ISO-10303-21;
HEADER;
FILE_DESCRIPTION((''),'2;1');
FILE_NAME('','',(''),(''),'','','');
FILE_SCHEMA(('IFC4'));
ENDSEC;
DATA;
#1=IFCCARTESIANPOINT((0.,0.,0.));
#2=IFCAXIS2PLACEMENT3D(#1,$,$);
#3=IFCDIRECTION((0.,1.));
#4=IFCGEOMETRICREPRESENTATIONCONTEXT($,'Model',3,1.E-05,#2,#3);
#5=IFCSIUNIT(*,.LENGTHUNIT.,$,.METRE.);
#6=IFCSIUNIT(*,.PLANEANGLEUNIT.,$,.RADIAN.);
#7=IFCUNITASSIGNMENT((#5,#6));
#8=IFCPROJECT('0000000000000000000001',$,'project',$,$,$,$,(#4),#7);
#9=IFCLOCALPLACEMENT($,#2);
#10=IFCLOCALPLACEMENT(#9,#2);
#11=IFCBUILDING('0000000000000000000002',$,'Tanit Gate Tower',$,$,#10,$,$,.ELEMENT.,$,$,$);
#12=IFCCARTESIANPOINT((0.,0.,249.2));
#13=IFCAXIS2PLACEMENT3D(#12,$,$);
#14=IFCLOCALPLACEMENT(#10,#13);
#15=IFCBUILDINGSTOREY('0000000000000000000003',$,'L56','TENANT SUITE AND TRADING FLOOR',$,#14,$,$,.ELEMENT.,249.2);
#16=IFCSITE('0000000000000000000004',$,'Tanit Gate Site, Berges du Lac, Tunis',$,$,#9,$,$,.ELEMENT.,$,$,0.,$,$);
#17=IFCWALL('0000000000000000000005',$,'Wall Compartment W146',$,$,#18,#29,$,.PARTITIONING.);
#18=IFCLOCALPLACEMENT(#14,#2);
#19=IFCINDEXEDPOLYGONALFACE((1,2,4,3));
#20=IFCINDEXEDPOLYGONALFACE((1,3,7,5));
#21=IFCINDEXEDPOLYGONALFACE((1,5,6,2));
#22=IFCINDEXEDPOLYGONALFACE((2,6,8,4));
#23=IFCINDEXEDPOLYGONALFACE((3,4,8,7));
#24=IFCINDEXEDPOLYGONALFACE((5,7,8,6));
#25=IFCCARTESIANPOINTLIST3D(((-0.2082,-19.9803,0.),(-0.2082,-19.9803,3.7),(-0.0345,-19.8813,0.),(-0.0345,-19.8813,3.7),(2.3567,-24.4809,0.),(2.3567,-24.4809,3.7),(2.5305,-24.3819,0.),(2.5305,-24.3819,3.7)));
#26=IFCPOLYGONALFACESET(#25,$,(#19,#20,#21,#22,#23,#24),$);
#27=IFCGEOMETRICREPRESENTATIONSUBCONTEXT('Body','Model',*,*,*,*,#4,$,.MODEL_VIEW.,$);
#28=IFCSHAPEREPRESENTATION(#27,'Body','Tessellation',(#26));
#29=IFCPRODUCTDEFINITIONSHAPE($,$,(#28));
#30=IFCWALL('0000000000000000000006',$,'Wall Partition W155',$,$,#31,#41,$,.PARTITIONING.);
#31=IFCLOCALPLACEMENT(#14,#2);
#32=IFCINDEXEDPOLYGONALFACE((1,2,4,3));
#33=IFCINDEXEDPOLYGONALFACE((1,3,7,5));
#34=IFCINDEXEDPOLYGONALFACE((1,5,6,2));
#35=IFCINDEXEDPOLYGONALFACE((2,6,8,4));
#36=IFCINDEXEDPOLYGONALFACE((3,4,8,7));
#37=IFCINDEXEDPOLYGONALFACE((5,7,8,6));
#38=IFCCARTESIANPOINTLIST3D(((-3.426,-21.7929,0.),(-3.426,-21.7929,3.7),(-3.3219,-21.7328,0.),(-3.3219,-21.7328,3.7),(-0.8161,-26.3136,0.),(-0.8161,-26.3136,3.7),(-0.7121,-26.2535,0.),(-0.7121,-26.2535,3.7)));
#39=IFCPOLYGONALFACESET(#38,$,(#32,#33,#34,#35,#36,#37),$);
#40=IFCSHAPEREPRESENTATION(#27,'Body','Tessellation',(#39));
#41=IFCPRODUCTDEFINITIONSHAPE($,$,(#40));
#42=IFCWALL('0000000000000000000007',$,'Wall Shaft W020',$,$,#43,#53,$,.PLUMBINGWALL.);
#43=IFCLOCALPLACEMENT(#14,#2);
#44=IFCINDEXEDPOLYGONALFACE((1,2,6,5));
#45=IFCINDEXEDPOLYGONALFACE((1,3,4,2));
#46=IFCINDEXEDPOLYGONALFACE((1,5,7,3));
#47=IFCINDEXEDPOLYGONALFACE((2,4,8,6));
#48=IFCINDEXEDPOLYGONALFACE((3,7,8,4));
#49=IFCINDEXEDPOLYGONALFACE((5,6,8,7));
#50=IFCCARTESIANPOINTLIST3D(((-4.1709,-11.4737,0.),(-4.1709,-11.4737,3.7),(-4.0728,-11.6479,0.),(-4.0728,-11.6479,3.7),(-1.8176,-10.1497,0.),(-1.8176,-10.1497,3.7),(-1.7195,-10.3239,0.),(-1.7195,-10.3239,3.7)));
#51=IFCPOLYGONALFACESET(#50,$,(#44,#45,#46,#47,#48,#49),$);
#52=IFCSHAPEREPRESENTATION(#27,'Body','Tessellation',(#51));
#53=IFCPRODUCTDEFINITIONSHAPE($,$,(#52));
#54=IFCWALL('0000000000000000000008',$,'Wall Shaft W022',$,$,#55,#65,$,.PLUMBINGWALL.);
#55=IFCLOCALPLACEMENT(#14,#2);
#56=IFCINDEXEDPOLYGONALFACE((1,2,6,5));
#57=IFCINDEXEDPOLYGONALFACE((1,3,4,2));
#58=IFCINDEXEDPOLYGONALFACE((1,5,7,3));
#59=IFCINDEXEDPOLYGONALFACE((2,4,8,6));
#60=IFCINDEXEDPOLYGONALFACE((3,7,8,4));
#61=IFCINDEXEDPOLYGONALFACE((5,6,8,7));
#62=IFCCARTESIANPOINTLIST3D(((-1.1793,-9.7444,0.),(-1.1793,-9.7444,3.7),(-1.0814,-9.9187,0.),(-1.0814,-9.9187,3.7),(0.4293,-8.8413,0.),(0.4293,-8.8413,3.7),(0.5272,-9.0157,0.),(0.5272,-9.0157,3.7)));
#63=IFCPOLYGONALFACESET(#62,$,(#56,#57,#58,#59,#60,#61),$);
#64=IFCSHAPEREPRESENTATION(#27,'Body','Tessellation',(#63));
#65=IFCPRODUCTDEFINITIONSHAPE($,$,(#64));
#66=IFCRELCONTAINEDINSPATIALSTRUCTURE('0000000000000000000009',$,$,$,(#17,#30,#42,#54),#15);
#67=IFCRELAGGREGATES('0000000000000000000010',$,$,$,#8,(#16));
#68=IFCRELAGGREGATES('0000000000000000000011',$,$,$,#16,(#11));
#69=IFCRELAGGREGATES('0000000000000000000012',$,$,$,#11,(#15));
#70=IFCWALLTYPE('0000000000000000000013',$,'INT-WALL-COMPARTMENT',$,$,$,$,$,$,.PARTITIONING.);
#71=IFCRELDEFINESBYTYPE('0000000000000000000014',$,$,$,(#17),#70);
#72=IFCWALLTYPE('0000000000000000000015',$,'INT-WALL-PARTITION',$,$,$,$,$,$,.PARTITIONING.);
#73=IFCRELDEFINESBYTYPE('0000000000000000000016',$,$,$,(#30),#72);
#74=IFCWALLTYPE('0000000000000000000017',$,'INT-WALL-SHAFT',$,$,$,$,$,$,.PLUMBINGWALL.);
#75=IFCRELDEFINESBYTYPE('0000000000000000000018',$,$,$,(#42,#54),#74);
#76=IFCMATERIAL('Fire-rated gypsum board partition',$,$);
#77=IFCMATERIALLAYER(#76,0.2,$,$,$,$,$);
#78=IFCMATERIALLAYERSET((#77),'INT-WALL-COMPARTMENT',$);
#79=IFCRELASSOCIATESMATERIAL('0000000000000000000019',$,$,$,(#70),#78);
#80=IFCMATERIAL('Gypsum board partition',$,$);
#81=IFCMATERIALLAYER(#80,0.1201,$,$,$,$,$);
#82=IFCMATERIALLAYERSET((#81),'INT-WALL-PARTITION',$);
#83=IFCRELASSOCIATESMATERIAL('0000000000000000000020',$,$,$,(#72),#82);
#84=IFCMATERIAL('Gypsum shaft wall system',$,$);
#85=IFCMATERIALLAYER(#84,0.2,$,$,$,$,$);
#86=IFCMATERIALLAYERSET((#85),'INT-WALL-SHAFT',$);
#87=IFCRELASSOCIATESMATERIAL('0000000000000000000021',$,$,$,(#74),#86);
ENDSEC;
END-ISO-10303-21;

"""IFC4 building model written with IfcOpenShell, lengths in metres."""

from ifc_helpers import new_model, si_unit, direction, frame, frame_2d, origin, place, context, subcontext, project, spatial, rectangle, extrude, material, layer, layer_set, type_object, element, save


model = new_model("IFC4")

# Units and contexts
model_context = context("Model", 3, precision=1e-05, world=origin(), true_north=direction((0.0, 1.0)))
body_context = subcontext(model_context, "Body", "Model", "MODEL_VIEW")
ifc_project = project(units=[si_unit("LENGTHUNIT", "METRE"), si_unit("PLANEANGLEUNIT", "RADIAN")], contexts=[model_context])

# Site, building, storey
site_placement = place(None, origin())
site = spatial("IfcSite", under=ifc_project, at=site_placement, Name="Tanit Gate Site, Berges du Lac, Tunis", CompositionType="ELEMENT", RefElevation=0.0)
building_placement = place(site_placement, origin())
building = spatial("IfcBuilding", under=site, at=building_placement, Name="Tanit Gate Tower", CompositionType="ELEMENT")
storey_placement = place(building_placement, frame((0.0, 0.0, 249.2)))
storey = spatial("IfcBuildingStorey", under=building, at=storey_placement, Name="L56", Description="TENANT SUITE AND TRADING FLOOR", CompositionType="ELEMENT", Elevation=249.2)

# Shared definitions
ifc_material_1 = material(Name="Fire-rated gypsum board partition")
ifc_layer_1 = layer(ifc_material_1, 0.2)
ifc_layer_set_1 = layer_set([ifc_layer_1], Name="INT-WALL-COMPARTMENT")
wall_type_1 = type_object("IfcWallType", Name="INT-WALL-COMPARTMENT", PredefinedType="PARTITIONING", material=ifc_layer_set_1)

# Walls
wall_1_placement = place(storey_placement, frame((2.4436, -24.4314, 0.0), z_axis=(0.0, 0.0, 1.0), x_axis=(-0.495154, 0.868805, 0.0)))
element("IfcWall", 1, at=wall_1_placement, inside=storey, type_object=wall_type_1, Name="Wall Compartment W146", PredefinedType="PARTITIONING", context=body_context, shape_type="SweptSolid", body=[
    extrude(rectangle(XDim=5.1802, YDim=0.2, at=frame_2d((2.5901, 0.0))), origin(), (0.0, 0.0, 1.0), 3.7),
])
ifc_material_2 = material(Name="Gypsum board partition")
ifc_layer_2 = layer(ifc_material_2, 0.1201)
ifc_layer_set_2 = layer_set([ifc_layer_2], Name="INT-WALL-PARTITION")
wall_type_2 = type_object("IfcWallType", Name="INT-WALL-PARTITION", PredefinedType="PARTITIONING", material=ifc_layer_set_2)
wall_2_placement = place(storey_placement, frame((-0.7642, -26.2834, 0.0), z_axis=(0.0, 0.0, 1.0), x_axis=(-0.499972, 0.866042, 0.0)))
element("IfcWall", 2, at=wall_2_placement, inside=storey, type_object=wall_type_2, Name="Wall Partition W155", PredefinedType="PARTITIONING", context=body_context, shape_type="SweptSolid", body=[
    extrude(rectangle(XDim=5.22, YDim=0.1201, at=frame_2d((2.6099, 0.0))), origin(), (0.0, 0.0, 1.0), 3.7),
])
ifc_material_3 = material(Name="Gypsum shaft wall system")
ifc_layer_3 = layer(ifc_material_3, 0.2)
ifc_layer_set_3 = layer_set([ifc_layer_3], Name="INT-WALL-SHAFT")
wall_type_3 = type_object("IfcWallType", Name="INT-WALL-SHAFT", PredefinedType="PLUMBINGWALL", material=ifc_layer_set_3)
wall_3_placement = place(storey_placement, frame((-1.7686, -10.2368, 0.0), z_axis=(0.0, 0.0, 1.0), x_axis=(-0.871534, -0.490334, 0.0)))
element("IfcWall", 3, at=wall_3_placement, inside=storey, type_object=wall_type_3, Name="Wall Shaft W020", PredefinedType="PLUMBINGWALL", context=body_context, shape_type="SweptSolid", body=[
    extrude(rectangle(XDim=2.7002, YDim=0.2, at=frame_2d((1.3501, 0.0))), origin(), (0.0, 0.0, 1.0), 3.7),
])
wall_4_placement = place(storey_placement, frame((-1.1304, -9.8315, 0.0), z_axis=(0.0, 0.0, 1.0), x_axis=(0.871989, 0.489526, 0.0)))
element("IfcWall", 4, at=wall_4_placement, inside=storey, type_object=wall_type_3, Name="Wall Shaft W022", PredefinedType="PLUMBINGWALL", context=body_context, shape_type="SweptSolid", body=[
    extrude(rectangle(XDim=1.8447, YDim=0.2, at=frame_2d((0.9224, 0.0))), origin(), (0.0, 0.0, 1.0), 3.7),
])

save(model, "model.ifc")
